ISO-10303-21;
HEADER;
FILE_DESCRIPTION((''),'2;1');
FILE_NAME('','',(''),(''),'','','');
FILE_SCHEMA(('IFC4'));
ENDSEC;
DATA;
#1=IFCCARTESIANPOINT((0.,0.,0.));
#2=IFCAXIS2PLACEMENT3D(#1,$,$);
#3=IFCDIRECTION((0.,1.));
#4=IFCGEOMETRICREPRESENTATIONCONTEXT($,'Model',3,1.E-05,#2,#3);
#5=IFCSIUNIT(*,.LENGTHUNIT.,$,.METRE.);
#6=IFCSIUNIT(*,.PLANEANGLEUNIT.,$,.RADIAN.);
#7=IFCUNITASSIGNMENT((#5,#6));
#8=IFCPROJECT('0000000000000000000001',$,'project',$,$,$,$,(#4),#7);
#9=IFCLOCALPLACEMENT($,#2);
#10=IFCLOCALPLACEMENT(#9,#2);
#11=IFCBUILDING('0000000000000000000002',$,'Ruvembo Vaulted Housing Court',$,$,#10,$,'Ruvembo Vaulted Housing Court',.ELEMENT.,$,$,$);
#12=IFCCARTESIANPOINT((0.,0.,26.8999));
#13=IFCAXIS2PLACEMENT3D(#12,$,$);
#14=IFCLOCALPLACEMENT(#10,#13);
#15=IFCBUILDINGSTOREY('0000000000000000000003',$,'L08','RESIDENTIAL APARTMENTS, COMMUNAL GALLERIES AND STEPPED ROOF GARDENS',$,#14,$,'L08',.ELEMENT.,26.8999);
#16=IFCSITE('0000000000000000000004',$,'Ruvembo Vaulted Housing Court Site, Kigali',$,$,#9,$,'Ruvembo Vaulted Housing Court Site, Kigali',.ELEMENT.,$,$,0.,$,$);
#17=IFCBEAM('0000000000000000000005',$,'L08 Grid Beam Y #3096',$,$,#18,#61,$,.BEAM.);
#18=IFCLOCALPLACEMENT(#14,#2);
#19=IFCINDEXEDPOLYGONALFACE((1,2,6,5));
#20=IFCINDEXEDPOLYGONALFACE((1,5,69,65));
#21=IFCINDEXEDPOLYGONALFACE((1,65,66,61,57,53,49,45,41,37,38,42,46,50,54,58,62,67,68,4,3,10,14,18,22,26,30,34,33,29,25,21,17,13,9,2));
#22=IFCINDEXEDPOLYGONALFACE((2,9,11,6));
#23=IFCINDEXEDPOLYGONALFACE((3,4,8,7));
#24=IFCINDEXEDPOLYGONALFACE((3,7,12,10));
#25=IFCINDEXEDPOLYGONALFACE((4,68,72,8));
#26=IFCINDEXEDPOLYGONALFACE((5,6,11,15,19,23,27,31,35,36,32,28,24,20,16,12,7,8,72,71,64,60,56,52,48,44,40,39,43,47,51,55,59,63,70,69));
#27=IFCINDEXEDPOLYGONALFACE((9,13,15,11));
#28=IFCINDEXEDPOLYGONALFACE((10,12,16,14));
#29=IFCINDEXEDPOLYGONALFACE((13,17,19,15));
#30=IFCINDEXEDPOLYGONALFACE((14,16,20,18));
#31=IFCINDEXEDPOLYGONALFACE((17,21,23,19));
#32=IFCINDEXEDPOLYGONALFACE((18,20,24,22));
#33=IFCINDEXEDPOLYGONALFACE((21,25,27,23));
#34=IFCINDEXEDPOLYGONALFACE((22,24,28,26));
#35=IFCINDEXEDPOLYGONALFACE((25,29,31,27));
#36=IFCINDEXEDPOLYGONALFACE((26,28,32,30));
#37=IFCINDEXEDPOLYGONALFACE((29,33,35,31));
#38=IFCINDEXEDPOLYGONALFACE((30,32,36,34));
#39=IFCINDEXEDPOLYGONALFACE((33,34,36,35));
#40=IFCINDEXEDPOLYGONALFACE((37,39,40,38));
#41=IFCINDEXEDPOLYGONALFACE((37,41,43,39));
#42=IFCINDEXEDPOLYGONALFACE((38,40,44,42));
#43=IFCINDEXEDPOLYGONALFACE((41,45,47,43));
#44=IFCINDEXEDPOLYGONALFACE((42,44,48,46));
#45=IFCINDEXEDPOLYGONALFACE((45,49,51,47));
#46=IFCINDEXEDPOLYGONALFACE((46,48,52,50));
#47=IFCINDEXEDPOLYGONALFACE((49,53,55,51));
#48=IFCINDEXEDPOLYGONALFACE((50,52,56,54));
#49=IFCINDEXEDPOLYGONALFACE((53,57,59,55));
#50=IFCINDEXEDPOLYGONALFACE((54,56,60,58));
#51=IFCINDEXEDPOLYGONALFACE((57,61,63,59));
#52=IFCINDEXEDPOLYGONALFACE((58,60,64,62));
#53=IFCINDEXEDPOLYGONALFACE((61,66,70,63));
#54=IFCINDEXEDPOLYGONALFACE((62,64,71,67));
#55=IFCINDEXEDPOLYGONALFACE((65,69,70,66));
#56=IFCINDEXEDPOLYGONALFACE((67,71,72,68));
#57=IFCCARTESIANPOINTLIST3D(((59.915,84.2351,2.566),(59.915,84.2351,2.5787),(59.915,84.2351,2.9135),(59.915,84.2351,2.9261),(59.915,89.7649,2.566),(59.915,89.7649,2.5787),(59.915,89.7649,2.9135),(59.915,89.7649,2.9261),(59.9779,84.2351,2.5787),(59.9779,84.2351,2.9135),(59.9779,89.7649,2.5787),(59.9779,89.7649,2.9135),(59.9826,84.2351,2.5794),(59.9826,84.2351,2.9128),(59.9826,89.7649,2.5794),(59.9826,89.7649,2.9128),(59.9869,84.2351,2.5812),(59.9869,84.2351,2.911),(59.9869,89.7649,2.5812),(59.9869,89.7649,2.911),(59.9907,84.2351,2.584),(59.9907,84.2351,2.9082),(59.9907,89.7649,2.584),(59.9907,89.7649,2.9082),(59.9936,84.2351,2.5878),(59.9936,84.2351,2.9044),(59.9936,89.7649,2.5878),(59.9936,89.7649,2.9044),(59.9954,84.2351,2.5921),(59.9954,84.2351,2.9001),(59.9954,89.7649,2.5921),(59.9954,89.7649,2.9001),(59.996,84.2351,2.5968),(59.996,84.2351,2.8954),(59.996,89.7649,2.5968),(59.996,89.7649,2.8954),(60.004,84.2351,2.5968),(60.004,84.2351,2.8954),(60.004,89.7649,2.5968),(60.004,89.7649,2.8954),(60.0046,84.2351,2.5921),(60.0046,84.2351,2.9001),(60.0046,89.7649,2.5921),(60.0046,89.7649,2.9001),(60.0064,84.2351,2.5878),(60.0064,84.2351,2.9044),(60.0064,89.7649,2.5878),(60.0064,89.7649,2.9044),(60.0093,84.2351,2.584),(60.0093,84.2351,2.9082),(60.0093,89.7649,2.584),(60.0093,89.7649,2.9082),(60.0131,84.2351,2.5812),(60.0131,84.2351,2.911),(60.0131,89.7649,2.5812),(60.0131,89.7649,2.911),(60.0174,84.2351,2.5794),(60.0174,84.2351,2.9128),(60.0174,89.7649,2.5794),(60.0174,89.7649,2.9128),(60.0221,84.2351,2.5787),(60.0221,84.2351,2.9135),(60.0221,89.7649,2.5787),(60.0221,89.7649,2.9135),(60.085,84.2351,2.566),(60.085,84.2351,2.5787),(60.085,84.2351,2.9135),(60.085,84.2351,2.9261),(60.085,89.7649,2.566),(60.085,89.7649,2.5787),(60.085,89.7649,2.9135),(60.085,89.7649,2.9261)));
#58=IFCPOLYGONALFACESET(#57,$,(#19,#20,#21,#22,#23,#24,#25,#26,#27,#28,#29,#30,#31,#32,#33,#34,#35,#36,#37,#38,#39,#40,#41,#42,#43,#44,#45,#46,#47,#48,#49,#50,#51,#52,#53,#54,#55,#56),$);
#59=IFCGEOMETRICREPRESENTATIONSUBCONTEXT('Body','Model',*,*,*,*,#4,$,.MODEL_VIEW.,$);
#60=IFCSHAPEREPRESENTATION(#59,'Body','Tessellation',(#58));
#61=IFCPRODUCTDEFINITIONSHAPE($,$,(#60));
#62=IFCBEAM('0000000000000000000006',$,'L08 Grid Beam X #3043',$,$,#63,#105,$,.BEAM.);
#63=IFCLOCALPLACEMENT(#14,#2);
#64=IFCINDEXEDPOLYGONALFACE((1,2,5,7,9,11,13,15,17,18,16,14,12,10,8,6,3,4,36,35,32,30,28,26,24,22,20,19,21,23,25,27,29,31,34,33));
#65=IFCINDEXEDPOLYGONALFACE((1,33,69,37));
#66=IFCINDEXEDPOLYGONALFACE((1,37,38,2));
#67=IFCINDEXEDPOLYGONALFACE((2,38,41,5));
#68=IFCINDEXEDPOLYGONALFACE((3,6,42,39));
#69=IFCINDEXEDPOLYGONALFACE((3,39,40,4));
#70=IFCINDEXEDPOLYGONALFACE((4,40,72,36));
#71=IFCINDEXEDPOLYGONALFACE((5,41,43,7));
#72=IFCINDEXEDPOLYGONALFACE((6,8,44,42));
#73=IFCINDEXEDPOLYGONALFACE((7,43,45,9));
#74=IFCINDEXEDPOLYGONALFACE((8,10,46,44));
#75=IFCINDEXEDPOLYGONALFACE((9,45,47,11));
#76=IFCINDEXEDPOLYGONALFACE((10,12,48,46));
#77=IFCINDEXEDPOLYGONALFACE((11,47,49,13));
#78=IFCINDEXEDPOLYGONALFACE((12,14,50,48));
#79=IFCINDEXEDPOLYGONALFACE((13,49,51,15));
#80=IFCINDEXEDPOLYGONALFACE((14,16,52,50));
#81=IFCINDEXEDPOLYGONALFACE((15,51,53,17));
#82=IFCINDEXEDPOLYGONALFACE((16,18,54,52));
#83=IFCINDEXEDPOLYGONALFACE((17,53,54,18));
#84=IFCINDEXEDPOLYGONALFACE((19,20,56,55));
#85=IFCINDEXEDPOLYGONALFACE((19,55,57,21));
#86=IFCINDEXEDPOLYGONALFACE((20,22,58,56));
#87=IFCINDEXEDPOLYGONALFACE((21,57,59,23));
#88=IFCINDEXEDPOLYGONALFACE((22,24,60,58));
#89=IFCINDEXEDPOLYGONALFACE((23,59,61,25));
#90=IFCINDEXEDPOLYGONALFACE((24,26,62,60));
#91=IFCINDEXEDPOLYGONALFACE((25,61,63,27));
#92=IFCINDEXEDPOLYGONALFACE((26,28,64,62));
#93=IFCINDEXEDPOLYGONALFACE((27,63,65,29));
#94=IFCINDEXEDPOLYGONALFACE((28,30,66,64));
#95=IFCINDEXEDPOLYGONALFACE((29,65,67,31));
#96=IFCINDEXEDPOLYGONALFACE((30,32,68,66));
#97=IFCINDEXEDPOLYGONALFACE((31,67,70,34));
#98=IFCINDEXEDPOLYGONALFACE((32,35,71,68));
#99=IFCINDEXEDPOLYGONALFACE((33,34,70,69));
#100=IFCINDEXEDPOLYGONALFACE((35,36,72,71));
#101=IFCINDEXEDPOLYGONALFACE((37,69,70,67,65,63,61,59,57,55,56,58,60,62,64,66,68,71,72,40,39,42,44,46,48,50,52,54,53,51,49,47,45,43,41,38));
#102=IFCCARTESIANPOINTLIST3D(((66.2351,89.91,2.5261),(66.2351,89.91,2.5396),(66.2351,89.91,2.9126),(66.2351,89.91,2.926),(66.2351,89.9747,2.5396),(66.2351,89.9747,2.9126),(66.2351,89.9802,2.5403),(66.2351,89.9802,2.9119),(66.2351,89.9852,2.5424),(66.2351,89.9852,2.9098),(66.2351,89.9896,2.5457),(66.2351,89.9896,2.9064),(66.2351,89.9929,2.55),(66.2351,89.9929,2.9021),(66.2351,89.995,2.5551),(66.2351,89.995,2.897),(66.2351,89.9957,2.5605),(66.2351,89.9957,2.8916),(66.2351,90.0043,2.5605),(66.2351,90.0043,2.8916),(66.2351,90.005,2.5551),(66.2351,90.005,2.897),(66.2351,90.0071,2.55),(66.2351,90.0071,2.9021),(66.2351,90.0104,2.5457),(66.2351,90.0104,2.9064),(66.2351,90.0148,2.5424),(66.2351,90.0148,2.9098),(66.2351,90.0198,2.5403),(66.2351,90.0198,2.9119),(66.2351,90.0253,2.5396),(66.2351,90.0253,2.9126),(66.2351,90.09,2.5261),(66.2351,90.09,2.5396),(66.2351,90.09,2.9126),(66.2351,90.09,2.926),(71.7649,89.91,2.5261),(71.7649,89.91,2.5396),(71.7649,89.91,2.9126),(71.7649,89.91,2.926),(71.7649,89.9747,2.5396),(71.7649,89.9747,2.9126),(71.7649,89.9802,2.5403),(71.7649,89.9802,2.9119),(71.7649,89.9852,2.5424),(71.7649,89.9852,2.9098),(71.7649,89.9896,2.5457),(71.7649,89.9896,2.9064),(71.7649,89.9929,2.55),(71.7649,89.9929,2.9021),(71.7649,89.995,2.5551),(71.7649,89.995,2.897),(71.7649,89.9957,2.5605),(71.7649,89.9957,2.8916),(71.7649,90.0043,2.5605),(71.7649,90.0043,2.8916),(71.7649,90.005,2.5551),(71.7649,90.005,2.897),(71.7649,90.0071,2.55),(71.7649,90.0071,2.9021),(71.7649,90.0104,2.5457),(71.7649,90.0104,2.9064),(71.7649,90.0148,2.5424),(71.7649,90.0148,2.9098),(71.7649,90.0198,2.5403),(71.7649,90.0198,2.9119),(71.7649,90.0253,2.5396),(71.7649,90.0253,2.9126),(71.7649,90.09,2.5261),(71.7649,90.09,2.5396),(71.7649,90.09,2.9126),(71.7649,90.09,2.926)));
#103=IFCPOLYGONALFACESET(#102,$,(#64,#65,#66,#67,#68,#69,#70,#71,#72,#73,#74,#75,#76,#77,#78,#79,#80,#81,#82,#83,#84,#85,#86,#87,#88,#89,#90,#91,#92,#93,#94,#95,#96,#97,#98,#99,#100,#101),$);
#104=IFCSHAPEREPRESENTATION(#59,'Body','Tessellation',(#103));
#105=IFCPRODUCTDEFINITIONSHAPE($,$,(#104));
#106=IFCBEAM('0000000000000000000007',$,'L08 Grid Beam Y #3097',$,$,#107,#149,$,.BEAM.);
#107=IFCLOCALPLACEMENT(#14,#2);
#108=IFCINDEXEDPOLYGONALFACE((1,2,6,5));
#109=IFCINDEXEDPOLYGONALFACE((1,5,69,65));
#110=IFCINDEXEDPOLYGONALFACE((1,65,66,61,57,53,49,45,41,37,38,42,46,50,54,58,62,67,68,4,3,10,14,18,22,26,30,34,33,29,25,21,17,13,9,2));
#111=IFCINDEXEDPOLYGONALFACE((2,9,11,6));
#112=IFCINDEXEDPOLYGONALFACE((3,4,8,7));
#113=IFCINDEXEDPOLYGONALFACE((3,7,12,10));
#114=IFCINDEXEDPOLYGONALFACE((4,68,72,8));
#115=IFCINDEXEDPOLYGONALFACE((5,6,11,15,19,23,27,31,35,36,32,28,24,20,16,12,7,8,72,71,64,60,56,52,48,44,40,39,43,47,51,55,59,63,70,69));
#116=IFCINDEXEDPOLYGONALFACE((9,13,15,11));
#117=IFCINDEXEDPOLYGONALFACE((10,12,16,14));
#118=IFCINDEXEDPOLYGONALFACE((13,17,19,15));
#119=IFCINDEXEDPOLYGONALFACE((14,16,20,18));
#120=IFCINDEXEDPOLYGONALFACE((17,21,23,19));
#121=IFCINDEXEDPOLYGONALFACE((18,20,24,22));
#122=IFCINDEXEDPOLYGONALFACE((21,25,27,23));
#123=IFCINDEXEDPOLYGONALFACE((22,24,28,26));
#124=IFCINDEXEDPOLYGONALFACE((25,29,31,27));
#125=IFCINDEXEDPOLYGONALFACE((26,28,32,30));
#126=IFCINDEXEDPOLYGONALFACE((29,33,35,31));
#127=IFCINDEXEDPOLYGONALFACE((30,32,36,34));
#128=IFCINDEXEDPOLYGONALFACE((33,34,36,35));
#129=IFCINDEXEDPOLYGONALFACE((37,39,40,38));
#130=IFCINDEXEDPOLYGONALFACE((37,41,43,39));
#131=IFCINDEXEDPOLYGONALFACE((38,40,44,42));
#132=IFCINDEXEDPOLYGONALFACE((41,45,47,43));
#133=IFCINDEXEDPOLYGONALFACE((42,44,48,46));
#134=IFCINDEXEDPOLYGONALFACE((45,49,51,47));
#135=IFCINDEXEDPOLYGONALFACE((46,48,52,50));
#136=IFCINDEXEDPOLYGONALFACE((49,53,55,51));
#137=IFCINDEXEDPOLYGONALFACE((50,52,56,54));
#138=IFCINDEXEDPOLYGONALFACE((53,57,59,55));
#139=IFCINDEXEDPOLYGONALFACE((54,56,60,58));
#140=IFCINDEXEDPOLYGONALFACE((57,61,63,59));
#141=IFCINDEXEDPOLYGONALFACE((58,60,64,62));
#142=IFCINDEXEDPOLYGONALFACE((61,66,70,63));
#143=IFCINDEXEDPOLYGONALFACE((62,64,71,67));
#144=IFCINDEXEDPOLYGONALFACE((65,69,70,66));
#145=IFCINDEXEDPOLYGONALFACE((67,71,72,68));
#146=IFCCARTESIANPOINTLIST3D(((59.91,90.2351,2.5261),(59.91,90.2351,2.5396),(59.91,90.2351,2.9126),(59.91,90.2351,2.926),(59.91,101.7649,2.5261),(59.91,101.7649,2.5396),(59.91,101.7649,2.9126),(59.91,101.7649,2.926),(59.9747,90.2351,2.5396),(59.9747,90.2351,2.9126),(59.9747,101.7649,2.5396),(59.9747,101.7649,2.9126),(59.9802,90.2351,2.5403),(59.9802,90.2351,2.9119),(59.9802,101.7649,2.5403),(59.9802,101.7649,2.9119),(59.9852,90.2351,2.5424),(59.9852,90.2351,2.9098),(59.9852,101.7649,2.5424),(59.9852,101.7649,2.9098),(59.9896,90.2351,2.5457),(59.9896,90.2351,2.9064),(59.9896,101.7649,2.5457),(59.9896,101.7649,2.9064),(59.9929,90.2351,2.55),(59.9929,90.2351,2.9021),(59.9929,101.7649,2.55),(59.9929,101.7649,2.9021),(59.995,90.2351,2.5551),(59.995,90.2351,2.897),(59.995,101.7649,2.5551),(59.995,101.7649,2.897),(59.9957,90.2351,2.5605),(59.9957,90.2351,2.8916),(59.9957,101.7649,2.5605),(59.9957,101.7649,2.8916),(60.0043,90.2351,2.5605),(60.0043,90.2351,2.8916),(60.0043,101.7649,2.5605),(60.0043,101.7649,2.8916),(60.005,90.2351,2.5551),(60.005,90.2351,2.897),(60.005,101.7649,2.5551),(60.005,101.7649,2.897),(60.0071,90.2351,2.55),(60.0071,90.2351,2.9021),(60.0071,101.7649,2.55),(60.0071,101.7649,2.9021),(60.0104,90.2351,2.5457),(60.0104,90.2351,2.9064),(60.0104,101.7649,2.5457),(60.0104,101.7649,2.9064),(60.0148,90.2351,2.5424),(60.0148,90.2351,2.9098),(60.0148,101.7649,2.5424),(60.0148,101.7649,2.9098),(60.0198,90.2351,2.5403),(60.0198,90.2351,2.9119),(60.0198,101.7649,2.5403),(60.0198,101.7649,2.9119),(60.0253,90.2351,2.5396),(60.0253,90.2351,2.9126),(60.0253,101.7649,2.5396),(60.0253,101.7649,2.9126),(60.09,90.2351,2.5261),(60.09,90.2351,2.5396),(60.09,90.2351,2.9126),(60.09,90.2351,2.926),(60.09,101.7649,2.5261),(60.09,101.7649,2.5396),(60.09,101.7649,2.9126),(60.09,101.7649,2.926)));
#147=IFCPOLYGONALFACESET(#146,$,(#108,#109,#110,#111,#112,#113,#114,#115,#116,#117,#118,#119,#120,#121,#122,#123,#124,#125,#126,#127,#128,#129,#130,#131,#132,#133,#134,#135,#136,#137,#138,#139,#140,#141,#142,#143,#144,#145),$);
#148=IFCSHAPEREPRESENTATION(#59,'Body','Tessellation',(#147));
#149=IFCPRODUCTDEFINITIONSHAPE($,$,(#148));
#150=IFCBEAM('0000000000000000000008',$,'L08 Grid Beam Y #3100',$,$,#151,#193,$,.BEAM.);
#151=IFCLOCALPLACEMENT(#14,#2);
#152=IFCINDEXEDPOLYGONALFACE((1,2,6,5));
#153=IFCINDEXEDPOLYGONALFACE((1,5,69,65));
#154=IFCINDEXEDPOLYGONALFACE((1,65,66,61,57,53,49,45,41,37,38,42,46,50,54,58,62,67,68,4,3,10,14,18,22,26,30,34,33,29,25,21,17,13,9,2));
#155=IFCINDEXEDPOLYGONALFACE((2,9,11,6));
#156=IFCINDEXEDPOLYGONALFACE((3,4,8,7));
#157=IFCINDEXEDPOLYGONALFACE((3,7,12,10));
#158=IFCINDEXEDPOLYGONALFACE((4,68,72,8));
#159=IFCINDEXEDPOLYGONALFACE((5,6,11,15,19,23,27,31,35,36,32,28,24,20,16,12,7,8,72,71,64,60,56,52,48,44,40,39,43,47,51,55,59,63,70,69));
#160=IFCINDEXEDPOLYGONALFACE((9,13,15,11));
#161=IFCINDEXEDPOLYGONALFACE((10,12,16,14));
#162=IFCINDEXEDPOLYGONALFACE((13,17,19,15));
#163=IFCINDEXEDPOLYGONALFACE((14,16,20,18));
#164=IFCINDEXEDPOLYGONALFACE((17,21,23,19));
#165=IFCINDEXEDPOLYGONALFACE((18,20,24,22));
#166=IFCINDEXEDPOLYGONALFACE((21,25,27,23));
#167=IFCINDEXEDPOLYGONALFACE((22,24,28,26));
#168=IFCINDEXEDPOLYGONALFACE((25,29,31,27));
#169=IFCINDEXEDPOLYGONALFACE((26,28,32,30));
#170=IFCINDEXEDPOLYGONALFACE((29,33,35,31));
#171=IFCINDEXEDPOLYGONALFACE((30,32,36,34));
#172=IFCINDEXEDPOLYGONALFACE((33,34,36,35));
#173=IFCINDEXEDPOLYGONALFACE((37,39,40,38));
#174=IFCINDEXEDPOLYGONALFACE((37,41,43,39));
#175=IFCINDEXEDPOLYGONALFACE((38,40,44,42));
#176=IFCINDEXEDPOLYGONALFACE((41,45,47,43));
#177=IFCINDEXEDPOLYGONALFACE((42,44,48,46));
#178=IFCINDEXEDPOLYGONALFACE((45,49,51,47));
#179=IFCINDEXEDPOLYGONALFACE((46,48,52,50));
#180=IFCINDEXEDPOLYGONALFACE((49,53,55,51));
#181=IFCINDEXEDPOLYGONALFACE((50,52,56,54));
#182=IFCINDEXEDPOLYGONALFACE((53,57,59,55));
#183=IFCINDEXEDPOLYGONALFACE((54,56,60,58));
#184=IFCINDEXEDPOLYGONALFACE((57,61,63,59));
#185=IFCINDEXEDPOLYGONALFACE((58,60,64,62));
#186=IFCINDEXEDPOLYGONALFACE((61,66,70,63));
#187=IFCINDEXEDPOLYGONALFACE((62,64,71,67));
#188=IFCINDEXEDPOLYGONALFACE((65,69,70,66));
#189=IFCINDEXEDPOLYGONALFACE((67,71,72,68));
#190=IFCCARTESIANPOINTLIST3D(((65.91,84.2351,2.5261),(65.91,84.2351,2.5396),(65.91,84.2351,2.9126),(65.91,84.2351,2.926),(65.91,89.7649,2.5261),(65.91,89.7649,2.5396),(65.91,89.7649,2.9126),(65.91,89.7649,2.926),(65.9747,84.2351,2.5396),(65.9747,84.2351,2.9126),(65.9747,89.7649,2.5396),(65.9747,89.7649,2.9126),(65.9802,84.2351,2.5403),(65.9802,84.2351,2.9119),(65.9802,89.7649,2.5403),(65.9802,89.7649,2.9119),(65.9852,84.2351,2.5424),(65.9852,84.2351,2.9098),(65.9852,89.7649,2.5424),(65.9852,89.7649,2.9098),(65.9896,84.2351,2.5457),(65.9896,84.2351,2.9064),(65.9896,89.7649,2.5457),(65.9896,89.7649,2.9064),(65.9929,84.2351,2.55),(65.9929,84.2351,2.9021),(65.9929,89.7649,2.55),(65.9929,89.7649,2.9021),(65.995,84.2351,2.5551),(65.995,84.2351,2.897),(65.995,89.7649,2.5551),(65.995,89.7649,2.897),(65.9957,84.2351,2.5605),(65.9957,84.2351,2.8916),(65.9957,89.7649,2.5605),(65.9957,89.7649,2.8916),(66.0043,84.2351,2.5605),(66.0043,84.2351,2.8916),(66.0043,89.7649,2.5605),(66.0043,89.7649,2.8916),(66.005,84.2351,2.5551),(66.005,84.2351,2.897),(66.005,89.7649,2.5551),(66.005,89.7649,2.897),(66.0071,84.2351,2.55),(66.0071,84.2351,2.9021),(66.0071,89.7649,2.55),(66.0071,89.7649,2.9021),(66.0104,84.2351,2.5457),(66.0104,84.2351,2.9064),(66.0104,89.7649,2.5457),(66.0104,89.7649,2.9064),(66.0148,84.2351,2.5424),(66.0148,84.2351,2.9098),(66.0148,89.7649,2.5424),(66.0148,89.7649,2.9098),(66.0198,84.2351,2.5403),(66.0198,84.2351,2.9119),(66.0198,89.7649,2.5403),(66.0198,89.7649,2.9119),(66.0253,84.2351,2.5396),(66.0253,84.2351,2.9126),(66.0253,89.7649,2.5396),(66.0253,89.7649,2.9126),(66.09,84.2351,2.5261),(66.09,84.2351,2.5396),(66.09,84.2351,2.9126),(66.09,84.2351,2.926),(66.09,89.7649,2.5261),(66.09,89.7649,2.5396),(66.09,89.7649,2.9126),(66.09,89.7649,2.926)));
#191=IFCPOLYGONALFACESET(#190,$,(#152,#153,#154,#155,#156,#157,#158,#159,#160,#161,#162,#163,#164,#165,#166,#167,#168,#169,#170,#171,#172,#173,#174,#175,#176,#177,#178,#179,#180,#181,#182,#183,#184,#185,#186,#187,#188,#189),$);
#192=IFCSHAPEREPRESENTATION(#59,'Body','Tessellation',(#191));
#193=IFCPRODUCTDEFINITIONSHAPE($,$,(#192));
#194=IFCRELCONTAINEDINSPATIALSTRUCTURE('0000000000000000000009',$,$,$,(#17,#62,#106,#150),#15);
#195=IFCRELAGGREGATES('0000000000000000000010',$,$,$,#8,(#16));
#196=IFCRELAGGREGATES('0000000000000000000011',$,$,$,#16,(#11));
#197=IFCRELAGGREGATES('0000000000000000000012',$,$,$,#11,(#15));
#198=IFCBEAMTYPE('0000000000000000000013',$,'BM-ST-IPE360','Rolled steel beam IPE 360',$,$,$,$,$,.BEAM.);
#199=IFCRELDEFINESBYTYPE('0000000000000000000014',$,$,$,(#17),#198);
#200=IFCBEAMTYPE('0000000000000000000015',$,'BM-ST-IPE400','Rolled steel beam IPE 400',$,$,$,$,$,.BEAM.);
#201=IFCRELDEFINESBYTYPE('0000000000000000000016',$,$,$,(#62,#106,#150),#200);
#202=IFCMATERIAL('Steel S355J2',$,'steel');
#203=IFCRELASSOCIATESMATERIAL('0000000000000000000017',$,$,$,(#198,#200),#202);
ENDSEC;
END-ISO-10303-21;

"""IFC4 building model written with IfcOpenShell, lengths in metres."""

from ifc_helpers import new_model, si_unit, direction, frame, origin, origin_2d, place, context, subcontext, project, spatial, i_section, extrude, material, material_profile, profile_set, type_object, element, save


model = new_model("IFC4")

# Units and contexts
model_context = context("Model", 3, precision=1e-05, world=origin(), true_north=direction((0.0, 1.0)))
body_context = subcontext(model_context, "Body", "Model", "MODEL_VIEW")
ifc_project = project(units=[si_unit("LENGTHUNIT", "METRE"), si_unit("PLANEANGLEUNIT", "RADIAN")], contexts=[model_context])

# Site, building, storey
site_placement = place(None, origin())
site = spatial("IfcSite", under=ifc_project, at=site_placement, Name="Ruvembo Vaulted Housing Court Site, Kigali", LongName="Ruvembo Vaulted Housing Court Site, Kigali", CompositionType="ELEMENT", RefElevation=0.0)
building_placement = place(site_placement, origin())
building = spatial("IfcBuilding", under=site, at=building_placement, Name="Ruvembo Vaulted Housing Court", LongName="Ruvembo Vaulted Housing Court", CompositionType="ELEMENT")
storey_placement = place(building_placement, frame((0.0, 0.0, 26.8999)))
storey = spatial("IfcBuildingStorey", under=building, at=storey_placement, Name="L08", Description="RESIDENTIAL APARTMENTS, COMMUNAL GALLERIES AND STEPPED ROOF GARDENS", LongName="L08", CompositionType="ELEMENT", Elevation=26.8999)

# Beams
ifc_material_1 = material(Name="Steel S355J2", Category="steel")
ifc_material_profile_1 = material_profile(ifc_material_1, i_section(OverallWidth=0.1699, OverallDepth=0.3601, WebThickness=0.0081, FlangeThickness=0.0127, FilletRadius=0.0181, at=origin_2d()), Name="IPE 360")
ifc_profile_set_1 = profile_set([ifc_material_profile_1], Name="Steel S355J2")
beam_type_1 = type_object("IfcBeamType", Name="BM-ST-IPE360", Description="Rolled steel beam IPE 360", PredefinedType="BEAM", material=ifc_profile_set_1)
for number, where, z_axis, x_axis, name in (
    (1, (60.0, 84.2351, 2.7461), (0.0, 1.0, 0.0), (-1.0, 0.0, 0.0), "L08 Grid Beam Y #3096"),
):
    element("IfcBeam", number, at=place(storey_placement, frame(where, z_axis=z_axis, x_axis=x_axis)), inside=storey, type_object=beam_type_1, Name=name, PredefinedType="BEAM", context=body_context, shape_type="SweptSolid", body=[
        extrude(i_section(OverallWidth=0.1699, OverallDepth=0.3601, WebThickness=0.0081, FlangeThickness=0.0127, FilletRadius=0.0181, at=origin_2d()), origin(), (0.0, 0.0, 1.0), 5.5298),
    ])
ifc_material_profile_2 = material_profile(ifc_material_1, i_section(OverallWidth=0.1799, OverallDepth=0.3999, WebThickness=0.0085, FlangeThickness=0.0134, FilletRadius=0.021, at=origin_2d()), Name="IPE 400")
ifc_profile_set_2 = profile_set([ifc_material_profile_2], Name="Steel S355J2")
beam_type_2 = type_object("IfcBeamType", Name="BM-ST-IPE400", Description="Rolled steel beam IPE 400", PredefinedType="BEAM", material=ifc_profile_set_2)
beam_1_placement = place(storey_placement, frame((66.2351, 90.0, 2.7261), z_axis=(1.0, 0.0, 0.0), x_axis=(0.0, 1.0, 0.0)))
element("IfcBeam", 2, at=beam_1_placement, inside=storey, type_object=beam_type_2, Name="L08 Grid Beam X #3043", PredefinedType="BEAM", context=body_context, shape_type="SweptSolid", body=[
    extrude(i_section(OverallWidth=0.1799, OverallDepth=0.3999, WebThickness=0.0085, FlangeThickness=0.0134, FilletRadius=0.021, at=origin_2d()), origin(), (0.0, 0.0, 1.0), 5.5298),
])
beam_2_placement = place(storey_placement, frame((60.0, 90.2351, 2.7261), z_axis=(0.0, 1.0, 0.0), x_axis=(-1.0, 0.0, 0.0)))
element("IfcBeam", 3, at=beam_2_placement, inside=storey, type_object=beam_type_2, Name="L08 Grid Beam Y #3097", PredefinedType="BEAM", context=body_context, shape_type="SweptSolid", body=[
    extrude(i_section(OverallWidth=0.1799, OverallDepth=0.3999, WebThickness=0.0085, FlangeThickness=0.0134, FilletRadius=0.021, at=origin_2d()), origin(), (0.0, 0.0, 1.0), 11.5298),
])
for number, where, z_axis, x_axis, name in (
    (4, (66.0, 84.2351, 2.7261), (0.0, 1.0, 0.0), (-1.0, 0.0, 0.0), "L08 Grid Beam Y #3100"),
):
    element("IfcBeam", number, at=place(storey_placement, frame(where, z_axis=z_axis, x_axis=x_axis)), inside=storey, type_object=beam_type_2, Name=name, PredefinedType="BEAM", context=body_context, shape_type="SweptSolid", body=[
        extrude(i_section(OverallWidth=0.1799, OverallDepth=0.3999, WebThickness=0.0085, FlangeThickness=0.0134, FilletRadius=0.021, at=origin_2d()), origin(), (0.0, 0.0, 1.0), 5.5298),
    ])

save(model, "model.ifc")
